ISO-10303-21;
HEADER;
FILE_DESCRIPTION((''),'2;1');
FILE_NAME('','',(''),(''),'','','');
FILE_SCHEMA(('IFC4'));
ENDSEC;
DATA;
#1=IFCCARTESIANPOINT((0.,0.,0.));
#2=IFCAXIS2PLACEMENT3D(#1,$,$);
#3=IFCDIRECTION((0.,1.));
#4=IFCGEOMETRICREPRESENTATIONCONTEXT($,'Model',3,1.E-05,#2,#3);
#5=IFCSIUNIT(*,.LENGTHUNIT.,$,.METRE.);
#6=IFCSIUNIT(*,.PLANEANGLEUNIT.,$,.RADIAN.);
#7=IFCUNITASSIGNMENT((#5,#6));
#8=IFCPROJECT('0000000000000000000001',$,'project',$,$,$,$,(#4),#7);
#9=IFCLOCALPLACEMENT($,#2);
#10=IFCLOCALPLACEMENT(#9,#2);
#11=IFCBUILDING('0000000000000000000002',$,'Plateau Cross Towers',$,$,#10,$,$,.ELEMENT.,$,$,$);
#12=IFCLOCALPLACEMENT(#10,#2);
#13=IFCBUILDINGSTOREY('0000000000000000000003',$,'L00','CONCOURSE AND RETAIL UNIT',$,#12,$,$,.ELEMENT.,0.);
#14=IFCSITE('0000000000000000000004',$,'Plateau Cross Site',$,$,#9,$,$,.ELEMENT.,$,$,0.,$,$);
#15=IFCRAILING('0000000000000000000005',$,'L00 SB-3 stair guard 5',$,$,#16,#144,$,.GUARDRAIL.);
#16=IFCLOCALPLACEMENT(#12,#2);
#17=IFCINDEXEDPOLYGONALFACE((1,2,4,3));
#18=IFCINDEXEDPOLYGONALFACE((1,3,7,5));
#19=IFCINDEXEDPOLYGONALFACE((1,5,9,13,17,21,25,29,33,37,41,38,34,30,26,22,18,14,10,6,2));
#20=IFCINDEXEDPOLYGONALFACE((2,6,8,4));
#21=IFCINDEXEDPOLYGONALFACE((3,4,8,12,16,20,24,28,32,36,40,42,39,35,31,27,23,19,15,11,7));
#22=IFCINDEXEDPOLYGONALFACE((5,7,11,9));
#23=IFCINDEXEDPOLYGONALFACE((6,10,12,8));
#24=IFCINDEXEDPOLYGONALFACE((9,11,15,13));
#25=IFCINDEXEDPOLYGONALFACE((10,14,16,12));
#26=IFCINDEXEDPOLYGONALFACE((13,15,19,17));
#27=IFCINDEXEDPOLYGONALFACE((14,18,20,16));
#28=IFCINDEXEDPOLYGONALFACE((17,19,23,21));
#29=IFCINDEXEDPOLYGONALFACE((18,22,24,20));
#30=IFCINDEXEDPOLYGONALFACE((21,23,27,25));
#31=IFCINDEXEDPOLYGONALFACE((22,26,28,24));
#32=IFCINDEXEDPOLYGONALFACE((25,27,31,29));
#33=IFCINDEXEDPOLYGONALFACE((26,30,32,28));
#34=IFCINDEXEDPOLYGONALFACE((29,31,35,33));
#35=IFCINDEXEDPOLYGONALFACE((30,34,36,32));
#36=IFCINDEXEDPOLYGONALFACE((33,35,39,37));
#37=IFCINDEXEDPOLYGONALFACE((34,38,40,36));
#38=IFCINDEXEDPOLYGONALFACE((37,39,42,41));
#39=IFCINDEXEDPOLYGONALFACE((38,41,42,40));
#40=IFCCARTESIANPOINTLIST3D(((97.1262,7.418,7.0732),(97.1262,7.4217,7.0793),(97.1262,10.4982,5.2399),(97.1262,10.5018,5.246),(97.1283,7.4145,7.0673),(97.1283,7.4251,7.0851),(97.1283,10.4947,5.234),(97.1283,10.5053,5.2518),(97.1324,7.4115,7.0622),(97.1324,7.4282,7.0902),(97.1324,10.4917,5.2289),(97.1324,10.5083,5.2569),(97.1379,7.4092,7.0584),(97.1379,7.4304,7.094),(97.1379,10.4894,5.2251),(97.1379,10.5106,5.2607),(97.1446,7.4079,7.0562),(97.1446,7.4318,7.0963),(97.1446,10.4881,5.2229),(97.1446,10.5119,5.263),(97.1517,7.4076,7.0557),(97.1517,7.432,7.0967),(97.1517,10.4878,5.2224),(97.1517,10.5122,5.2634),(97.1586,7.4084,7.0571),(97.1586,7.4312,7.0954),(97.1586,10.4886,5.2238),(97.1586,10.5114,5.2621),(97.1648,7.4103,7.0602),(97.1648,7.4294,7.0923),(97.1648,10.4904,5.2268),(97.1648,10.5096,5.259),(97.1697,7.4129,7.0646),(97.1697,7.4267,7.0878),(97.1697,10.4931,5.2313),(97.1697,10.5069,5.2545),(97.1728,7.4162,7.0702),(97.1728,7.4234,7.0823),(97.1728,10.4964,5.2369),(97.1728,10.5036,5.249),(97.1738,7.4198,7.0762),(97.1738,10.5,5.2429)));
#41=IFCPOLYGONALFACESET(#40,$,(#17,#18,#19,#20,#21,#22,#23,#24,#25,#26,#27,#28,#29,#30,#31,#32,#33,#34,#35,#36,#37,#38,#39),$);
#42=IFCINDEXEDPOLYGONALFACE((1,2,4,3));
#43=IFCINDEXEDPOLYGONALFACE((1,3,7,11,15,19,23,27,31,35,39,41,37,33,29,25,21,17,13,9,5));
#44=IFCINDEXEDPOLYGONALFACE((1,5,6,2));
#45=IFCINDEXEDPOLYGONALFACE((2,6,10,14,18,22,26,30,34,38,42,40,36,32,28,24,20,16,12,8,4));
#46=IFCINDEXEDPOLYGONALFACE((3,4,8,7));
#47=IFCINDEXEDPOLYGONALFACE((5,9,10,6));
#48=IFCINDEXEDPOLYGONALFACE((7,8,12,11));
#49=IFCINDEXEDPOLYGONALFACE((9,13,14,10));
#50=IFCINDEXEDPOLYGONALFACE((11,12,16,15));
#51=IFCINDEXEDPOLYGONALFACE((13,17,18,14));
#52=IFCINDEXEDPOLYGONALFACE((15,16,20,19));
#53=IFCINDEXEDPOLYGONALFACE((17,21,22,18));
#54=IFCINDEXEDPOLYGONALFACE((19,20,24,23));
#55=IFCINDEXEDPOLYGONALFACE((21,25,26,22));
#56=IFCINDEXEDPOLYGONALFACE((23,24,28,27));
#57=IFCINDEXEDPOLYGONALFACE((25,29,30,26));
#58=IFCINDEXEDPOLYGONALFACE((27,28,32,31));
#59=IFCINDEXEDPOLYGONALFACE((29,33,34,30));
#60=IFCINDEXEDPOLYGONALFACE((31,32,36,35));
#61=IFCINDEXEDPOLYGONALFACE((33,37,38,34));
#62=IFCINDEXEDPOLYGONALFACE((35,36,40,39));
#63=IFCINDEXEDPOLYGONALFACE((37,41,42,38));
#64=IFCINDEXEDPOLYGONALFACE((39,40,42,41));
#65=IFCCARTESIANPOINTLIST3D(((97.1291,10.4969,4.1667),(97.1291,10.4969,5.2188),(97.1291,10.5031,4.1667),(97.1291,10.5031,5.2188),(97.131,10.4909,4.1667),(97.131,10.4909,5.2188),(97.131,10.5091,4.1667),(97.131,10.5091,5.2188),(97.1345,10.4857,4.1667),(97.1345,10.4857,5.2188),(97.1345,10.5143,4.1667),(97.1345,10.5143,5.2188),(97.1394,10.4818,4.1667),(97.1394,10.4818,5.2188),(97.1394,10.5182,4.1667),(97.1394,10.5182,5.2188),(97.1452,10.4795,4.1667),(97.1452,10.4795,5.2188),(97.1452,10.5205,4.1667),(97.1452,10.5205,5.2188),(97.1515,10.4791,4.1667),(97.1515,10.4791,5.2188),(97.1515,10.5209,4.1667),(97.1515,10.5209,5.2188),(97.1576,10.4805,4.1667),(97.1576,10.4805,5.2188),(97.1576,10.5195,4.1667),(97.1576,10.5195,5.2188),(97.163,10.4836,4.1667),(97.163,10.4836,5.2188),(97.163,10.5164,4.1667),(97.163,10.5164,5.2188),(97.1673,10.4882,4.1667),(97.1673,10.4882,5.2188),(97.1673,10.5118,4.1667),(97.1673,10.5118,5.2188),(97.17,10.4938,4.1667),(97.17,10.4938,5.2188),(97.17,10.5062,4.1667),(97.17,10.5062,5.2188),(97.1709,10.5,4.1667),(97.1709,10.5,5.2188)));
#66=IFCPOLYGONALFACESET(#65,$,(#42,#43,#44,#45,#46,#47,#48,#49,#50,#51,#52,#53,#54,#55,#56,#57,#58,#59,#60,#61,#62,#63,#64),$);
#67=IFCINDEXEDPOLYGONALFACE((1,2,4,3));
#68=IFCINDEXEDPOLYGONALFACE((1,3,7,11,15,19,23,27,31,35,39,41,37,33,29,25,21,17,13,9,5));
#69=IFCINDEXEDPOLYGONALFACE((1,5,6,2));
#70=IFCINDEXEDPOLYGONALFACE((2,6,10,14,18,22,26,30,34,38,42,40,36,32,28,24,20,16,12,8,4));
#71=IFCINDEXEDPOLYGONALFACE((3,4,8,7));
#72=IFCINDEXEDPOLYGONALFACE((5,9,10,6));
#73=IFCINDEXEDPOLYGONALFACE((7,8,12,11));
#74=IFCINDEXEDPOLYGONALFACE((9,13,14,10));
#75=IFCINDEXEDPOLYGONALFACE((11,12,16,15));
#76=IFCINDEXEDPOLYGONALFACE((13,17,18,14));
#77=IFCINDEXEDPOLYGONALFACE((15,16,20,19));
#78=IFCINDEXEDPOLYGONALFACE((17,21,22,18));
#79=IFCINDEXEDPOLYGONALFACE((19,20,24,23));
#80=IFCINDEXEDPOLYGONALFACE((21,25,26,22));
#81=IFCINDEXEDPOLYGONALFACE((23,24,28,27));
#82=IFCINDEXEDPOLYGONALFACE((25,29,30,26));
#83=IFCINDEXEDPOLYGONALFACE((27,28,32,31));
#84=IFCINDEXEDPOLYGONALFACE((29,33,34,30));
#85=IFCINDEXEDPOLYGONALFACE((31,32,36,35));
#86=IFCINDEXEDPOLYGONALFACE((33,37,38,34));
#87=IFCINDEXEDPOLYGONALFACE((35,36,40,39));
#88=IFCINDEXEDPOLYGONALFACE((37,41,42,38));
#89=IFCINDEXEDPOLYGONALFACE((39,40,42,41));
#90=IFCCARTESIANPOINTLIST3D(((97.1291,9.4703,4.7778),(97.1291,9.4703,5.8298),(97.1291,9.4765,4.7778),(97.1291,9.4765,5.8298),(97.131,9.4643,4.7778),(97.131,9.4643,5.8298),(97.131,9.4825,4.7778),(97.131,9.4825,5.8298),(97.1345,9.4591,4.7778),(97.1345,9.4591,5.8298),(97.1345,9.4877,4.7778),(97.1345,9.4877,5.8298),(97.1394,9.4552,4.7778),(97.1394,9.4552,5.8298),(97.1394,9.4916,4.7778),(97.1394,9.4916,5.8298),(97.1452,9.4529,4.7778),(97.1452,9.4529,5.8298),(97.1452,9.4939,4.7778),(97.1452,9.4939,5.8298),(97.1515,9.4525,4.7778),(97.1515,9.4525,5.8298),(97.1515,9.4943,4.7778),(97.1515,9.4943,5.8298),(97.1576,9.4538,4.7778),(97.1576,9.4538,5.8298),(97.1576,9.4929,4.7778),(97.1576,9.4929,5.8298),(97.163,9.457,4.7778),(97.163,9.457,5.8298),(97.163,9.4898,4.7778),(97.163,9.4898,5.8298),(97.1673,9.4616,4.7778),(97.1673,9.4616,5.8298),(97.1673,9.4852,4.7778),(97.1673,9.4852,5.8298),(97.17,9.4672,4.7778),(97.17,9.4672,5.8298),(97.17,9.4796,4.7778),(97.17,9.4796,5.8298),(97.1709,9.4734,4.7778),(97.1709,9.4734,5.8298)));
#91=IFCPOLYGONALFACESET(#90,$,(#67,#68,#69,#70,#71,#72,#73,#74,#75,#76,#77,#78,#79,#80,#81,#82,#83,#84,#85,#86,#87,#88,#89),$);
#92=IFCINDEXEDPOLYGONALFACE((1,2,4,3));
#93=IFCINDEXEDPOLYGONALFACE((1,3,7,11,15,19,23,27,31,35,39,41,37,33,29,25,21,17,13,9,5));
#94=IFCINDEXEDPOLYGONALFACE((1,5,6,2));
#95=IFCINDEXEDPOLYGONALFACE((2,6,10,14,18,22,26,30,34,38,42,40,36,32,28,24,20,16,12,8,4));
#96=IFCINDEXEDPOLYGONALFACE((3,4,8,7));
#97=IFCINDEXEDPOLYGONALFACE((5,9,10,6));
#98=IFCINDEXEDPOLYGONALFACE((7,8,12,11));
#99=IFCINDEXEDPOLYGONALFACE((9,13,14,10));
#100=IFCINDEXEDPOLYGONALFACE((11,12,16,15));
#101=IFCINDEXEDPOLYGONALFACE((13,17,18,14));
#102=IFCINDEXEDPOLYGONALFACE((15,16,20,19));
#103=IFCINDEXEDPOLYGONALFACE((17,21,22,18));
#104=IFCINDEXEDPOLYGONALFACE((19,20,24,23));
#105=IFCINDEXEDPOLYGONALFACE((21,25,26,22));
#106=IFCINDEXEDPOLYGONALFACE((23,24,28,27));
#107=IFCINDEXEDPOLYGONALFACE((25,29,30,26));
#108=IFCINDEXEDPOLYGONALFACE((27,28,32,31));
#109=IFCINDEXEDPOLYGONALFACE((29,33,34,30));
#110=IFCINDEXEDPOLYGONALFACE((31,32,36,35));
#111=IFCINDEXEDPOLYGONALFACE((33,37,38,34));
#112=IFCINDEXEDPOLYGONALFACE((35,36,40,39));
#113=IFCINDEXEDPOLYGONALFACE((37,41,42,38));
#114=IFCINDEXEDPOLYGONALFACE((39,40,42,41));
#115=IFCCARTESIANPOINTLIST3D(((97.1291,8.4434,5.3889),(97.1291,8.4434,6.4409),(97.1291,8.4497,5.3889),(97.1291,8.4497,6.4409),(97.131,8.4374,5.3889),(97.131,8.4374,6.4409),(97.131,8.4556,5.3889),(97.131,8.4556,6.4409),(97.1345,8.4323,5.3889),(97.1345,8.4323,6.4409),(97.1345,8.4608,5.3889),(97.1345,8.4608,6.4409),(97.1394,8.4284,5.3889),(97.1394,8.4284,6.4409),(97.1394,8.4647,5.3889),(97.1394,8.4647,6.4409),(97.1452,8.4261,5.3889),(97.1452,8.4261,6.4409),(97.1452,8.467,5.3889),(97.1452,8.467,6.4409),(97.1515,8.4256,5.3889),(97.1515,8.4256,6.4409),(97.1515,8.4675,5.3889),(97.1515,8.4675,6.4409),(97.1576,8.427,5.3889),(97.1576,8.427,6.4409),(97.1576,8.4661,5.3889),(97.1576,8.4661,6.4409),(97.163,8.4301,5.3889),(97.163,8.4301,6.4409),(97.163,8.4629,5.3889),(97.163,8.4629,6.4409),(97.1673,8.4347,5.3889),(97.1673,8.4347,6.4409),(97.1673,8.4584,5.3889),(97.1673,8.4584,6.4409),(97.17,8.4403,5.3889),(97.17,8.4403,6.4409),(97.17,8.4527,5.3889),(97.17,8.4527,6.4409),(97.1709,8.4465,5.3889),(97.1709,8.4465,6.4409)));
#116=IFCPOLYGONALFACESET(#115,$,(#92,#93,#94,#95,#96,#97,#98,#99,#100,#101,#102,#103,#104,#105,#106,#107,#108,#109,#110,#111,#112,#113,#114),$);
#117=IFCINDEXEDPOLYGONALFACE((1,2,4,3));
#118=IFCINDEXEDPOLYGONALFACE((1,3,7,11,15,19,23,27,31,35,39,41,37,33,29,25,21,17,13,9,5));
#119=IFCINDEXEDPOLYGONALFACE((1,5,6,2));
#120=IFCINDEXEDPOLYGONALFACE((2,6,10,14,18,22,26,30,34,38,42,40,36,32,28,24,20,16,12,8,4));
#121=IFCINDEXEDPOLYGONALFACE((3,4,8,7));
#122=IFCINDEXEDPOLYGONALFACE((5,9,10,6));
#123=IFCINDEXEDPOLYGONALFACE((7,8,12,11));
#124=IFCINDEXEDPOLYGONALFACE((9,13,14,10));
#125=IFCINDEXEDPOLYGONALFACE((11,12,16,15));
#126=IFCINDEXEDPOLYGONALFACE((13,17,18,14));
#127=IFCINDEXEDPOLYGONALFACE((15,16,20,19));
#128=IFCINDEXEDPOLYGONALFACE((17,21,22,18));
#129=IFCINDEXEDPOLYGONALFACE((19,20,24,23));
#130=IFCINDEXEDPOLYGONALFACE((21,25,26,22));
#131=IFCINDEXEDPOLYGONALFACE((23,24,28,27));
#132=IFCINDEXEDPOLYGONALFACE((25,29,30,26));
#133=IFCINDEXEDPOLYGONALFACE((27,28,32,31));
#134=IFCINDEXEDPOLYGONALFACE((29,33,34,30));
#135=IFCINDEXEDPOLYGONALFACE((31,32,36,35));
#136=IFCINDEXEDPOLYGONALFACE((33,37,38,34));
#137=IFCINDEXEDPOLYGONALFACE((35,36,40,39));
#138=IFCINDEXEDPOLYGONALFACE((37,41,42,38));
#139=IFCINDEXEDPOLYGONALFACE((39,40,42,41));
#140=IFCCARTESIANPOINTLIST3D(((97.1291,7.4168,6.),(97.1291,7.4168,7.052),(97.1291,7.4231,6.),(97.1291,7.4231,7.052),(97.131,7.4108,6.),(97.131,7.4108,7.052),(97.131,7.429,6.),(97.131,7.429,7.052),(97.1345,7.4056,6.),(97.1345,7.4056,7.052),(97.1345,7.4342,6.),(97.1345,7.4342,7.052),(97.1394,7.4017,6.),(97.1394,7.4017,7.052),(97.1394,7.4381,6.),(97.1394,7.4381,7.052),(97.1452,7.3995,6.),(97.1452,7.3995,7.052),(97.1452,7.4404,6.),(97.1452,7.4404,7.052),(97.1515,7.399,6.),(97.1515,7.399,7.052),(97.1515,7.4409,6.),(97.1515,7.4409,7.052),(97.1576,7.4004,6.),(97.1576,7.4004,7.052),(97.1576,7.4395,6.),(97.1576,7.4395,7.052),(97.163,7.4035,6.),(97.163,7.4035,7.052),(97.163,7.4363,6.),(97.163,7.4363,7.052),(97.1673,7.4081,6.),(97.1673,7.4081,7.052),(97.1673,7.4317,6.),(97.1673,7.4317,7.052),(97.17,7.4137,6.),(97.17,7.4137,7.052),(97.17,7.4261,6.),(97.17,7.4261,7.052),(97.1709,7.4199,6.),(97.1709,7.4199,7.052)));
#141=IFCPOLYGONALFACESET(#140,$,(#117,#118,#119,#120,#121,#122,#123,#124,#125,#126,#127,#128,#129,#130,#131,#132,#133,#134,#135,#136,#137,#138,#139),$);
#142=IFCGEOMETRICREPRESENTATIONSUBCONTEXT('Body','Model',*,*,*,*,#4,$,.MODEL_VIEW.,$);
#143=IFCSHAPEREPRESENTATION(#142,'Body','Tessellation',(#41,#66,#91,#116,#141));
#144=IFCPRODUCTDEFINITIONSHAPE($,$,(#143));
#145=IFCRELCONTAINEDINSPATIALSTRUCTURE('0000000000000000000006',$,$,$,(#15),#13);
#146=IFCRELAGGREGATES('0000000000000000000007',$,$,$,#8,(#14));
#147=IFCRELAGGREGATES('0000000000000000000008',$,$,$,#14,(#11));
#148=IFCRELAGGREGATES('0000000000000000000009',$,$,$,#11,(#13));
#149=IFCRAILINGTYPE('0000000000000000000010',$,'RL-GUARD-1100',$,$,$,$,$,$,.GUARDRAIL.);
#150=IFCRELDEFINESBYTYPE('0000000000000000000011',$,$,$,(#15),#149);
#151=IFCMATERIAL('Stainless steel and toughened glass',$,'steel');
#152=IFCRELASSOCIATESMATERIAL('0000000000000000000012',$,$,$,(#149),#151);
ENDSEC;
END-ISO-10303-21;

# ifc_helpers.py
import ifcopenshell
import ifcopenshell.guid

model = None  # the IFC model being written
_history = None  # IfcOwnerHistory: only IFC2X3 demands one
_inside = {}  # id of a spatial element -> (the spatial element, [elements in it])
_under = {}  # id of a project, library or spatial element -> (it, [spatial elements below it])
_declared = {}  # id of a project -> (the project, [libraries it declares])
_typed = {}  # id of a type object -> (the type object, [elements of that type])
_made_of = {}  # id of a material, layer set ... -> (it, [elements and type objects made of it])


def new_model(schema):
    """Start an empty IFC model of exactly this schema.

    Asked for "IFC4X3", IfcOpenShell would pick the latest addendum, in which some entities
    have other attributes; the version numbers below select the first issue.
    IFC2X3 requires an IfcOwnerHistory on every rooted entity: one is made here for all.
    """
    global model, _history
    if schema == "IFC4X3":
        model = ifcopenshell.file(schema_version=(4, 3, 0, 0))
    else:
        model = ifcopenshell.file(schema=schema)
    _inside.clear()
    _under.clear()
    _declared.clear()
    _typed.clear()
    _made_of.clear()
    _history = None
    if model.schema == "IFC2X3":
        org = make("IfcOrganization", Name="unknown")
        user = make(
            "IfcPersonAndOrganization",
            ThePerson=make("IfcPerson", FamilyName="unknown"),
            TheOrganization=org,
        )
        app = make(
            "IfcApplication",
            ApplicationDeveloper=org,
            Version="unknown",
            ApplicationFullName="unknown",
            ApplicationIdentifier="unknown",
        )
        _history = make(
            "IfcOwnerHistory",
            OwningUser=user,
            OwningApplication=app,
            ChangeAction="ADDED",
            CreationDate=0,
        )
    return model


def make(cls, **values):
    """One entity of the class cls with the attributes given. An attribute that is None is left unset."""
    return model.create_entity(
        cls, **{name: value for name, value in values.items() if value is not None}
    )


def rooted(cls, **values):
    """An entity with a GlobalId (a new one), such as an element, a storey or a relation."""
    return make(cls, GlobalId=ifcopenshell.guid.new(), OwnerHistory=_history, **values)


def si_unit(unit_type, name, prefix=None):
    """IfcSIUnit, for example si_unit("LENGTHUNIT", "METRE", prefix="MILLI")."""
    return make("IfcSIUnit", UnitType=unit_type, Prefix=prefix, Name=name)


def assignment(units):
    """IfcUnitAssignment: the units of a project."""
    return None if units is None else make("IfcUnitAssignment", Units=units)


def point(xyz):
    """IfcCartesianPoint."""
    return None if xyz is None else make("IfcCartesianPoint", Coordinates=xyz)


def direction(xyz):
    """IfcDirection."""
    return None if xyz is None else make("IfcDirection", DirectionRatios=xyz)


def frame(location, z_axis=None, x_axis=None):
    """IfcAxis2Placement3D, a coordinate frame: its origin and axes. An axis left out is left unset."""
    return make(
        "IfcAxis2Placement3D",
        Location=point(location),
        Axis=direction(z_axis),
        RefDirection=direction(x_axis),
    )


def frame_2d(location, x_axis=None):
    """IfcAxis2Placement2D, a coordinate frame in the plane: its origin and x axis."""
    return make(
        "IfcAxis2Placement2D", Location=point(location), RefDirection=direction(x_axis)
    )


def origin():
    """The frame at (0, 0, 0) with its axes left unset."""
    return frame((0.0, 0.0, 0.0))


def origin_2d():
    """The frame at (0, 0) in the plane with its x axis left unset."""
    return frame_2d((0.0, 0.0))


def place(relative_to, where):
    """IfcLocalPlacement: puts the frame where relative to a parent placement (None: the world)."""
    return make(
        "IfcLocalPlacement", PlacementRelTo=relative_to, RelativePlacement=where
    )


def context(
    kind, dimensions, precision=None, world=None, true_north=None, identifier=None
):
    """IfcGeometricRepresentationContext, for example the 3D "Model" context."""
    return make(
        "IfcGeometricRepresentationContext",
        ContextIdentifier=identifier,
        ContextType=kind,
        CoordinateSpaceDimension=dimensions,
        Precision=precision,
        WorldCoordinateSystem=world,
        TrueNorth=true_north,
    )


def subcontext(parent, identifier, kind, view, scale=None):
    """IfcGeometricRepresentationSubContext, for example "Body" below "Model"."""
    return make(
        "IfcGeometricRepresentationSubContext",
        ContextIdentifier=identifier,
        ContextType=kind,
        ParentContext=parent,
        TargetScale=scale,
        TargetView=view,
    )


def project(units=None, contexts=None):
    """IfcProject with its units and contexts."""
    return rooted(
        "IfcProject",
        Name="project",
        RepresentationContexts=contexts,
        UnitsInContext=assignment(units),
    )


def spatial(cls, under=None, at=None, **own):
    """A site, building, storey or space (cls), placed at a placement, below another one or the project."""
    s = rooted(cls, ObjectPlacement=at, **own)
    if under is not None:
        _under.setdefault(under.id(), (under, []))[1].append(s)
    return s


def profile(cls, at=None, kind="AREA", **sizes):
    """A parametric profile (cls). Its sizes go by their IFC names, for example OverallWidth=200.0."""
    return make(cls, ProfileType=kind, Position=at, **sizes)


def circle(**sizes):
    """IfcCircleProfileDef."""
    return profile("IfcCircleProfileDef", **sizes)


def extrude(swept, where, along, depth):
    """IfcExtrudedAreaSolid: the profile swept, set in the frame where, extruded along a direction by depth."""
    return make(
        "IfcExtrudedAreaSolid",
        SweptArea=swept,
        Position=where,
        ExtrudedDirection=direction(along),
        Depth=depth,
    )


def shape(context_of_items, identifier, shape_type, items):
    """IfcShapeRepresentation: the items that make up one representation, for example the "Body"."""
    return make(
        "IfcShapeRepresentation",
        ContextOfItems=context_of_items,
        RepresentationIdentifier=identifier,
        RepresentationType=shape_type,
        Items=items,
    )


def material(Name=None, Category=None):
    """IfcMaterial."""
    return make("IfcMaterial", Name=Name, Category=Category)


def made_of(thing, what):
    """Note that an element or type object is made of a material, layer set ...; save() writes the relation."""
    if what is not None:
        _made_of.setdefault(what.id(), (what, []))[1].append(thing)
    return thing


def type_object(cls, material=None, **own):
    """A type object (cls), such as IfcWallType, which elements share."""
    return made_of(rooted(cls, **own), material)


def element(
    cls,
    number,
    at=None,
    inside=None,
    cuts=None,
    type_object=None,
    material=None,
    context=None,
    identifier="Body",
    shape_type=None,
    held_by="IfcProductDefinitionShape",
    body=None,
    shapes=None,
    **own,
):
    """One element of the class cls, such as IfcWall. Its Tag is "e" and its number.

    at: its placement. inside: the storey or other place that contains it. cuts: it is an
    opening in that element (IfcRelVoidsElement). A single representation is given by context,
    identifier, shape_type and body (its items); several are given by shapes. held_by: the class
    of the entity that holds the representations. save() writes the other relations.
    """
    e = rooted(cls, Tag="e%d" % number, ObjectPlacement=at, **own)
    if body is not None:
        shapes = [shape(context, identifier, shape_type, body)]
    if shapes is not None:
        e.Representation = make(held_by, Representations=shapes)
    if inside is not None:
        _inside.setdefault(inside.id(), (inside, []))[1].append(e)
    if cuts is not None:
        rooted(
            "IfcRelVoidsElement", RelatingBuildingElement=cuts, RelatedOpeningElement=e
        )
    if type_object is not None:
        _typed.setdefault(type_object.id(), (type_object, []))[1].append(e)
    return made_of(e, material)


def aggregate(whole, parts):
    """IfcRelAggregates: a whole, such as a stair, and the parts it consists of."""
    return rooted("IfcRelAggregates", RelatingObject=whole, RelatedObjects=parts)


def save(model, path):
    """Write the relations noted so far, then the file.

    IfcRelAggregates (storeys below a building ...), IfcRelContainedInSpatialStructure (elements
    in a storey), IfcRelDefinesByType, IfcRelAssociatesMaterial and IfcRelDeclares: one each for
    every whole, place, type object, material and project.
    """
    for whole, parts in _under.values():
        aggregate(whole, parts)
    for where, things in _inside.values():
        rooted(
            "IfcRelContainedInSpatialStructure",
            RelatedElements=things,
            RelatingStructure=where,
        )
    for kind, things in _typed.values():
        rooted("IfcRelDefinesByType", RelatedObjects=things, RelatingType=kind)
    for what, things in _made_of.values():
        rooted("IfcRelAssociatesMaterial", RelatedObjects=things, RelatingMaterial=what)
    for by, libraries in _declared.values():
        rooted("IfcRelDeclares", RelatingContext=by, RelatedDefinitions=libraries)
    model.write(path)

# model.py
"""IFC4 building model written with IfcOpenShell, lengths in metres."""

from ifc_helpers import new_model, si_unit, direction, frame, origin, origin_2d, place, context, subcontext, project, spatial, circle, extrude, material, type_object, element, save


model = new_model("IFC4")

# Units and contexts
model_context = context("Model", 3, precision=1e-05, world=origin(), true_north=direction((0.0, 1.0)))
body_context = subcontext(model_context, "Body", "Model", "MODEL_VIEW")
ifc_project = project(units=[si_unit("LENGTHUNIT", "METRE"), si_unit("PLANEANGLEUNIT", "RADIAN")], contexts=[model_context])

# Site, building, storey
site_placement = place(None, origin())
site = spatial("IfcSite", under=ifc_project, at=site_placement, Name="Plateau Cross Site", CompositionType="ELEMENT", RefElevation=0.0)
building_placement = place(site_placement, origin())
building = spatial("IfcBuilding", under=site, at=building_placement, Name="Plateau Cross Towers", CompositionType="ELEMENT")
storey_placement = place(building_placement, origin())
storey = spatial("IfcBuildingStorey", under=building, at=storey_placement, Name="L00", Description="CONCOURSE AND RETAIL UNIT", CompositionType="ELEMENT", Elevation=0.0)

# Railing
ifc_material_1 = material(Name="Stainless steel and toughened glass", Category="steel")
railing_type_1 = type_object("IfcRailingType", Name="RL-GUARD-1100", PredefinedType="GUARDRAIL", material=ifc_material_1)
railing_1_placement = place(storey_placement, frame((97.1499, 10.5, 4.1667)))
element("IfcRailing", 1, at=railing_1_placement, inside=storey, type_object=railing_type_1, Name="L00 SB-3 stair guard 5", PredefinedType="GUARDRAIL", context=body_context, shape_type="SweptSolid", body=[
    extrude(circle(Radius=0.0239, at=origin_2d()), frame((0.0, 0.0, 1.0762), z_axis=(0.0, -0.859309, 0.511458), x_axis=(1.0, 0.0, 0.0)), (0.0, 0.0, 1.0), 3.5845),
    extrude(circle(Radius=0.021, at=origin_2d()), origin(), (0.0, 0.0, 1.0), 1.052),
    extrude(circle(Radius=0.021, at=origin_2d()), frame((0.0, -1.0266, 0.6111)), (0.0, 0.0, 1.0), 1.052),
    extrude(circle(Radius=0.021, at=origin_2d()), frame((0.0, -2.0535, 1.2222)), (0.0, 0.0, 1.0), 1.052),
    extrude(circle(Radius=0.021, at=origin_2d()), frame((0.0, -3.0801, 1.8333)), (0.0, 0.0, 1.0), 1.052),
])

save(model, "model.ifc")
